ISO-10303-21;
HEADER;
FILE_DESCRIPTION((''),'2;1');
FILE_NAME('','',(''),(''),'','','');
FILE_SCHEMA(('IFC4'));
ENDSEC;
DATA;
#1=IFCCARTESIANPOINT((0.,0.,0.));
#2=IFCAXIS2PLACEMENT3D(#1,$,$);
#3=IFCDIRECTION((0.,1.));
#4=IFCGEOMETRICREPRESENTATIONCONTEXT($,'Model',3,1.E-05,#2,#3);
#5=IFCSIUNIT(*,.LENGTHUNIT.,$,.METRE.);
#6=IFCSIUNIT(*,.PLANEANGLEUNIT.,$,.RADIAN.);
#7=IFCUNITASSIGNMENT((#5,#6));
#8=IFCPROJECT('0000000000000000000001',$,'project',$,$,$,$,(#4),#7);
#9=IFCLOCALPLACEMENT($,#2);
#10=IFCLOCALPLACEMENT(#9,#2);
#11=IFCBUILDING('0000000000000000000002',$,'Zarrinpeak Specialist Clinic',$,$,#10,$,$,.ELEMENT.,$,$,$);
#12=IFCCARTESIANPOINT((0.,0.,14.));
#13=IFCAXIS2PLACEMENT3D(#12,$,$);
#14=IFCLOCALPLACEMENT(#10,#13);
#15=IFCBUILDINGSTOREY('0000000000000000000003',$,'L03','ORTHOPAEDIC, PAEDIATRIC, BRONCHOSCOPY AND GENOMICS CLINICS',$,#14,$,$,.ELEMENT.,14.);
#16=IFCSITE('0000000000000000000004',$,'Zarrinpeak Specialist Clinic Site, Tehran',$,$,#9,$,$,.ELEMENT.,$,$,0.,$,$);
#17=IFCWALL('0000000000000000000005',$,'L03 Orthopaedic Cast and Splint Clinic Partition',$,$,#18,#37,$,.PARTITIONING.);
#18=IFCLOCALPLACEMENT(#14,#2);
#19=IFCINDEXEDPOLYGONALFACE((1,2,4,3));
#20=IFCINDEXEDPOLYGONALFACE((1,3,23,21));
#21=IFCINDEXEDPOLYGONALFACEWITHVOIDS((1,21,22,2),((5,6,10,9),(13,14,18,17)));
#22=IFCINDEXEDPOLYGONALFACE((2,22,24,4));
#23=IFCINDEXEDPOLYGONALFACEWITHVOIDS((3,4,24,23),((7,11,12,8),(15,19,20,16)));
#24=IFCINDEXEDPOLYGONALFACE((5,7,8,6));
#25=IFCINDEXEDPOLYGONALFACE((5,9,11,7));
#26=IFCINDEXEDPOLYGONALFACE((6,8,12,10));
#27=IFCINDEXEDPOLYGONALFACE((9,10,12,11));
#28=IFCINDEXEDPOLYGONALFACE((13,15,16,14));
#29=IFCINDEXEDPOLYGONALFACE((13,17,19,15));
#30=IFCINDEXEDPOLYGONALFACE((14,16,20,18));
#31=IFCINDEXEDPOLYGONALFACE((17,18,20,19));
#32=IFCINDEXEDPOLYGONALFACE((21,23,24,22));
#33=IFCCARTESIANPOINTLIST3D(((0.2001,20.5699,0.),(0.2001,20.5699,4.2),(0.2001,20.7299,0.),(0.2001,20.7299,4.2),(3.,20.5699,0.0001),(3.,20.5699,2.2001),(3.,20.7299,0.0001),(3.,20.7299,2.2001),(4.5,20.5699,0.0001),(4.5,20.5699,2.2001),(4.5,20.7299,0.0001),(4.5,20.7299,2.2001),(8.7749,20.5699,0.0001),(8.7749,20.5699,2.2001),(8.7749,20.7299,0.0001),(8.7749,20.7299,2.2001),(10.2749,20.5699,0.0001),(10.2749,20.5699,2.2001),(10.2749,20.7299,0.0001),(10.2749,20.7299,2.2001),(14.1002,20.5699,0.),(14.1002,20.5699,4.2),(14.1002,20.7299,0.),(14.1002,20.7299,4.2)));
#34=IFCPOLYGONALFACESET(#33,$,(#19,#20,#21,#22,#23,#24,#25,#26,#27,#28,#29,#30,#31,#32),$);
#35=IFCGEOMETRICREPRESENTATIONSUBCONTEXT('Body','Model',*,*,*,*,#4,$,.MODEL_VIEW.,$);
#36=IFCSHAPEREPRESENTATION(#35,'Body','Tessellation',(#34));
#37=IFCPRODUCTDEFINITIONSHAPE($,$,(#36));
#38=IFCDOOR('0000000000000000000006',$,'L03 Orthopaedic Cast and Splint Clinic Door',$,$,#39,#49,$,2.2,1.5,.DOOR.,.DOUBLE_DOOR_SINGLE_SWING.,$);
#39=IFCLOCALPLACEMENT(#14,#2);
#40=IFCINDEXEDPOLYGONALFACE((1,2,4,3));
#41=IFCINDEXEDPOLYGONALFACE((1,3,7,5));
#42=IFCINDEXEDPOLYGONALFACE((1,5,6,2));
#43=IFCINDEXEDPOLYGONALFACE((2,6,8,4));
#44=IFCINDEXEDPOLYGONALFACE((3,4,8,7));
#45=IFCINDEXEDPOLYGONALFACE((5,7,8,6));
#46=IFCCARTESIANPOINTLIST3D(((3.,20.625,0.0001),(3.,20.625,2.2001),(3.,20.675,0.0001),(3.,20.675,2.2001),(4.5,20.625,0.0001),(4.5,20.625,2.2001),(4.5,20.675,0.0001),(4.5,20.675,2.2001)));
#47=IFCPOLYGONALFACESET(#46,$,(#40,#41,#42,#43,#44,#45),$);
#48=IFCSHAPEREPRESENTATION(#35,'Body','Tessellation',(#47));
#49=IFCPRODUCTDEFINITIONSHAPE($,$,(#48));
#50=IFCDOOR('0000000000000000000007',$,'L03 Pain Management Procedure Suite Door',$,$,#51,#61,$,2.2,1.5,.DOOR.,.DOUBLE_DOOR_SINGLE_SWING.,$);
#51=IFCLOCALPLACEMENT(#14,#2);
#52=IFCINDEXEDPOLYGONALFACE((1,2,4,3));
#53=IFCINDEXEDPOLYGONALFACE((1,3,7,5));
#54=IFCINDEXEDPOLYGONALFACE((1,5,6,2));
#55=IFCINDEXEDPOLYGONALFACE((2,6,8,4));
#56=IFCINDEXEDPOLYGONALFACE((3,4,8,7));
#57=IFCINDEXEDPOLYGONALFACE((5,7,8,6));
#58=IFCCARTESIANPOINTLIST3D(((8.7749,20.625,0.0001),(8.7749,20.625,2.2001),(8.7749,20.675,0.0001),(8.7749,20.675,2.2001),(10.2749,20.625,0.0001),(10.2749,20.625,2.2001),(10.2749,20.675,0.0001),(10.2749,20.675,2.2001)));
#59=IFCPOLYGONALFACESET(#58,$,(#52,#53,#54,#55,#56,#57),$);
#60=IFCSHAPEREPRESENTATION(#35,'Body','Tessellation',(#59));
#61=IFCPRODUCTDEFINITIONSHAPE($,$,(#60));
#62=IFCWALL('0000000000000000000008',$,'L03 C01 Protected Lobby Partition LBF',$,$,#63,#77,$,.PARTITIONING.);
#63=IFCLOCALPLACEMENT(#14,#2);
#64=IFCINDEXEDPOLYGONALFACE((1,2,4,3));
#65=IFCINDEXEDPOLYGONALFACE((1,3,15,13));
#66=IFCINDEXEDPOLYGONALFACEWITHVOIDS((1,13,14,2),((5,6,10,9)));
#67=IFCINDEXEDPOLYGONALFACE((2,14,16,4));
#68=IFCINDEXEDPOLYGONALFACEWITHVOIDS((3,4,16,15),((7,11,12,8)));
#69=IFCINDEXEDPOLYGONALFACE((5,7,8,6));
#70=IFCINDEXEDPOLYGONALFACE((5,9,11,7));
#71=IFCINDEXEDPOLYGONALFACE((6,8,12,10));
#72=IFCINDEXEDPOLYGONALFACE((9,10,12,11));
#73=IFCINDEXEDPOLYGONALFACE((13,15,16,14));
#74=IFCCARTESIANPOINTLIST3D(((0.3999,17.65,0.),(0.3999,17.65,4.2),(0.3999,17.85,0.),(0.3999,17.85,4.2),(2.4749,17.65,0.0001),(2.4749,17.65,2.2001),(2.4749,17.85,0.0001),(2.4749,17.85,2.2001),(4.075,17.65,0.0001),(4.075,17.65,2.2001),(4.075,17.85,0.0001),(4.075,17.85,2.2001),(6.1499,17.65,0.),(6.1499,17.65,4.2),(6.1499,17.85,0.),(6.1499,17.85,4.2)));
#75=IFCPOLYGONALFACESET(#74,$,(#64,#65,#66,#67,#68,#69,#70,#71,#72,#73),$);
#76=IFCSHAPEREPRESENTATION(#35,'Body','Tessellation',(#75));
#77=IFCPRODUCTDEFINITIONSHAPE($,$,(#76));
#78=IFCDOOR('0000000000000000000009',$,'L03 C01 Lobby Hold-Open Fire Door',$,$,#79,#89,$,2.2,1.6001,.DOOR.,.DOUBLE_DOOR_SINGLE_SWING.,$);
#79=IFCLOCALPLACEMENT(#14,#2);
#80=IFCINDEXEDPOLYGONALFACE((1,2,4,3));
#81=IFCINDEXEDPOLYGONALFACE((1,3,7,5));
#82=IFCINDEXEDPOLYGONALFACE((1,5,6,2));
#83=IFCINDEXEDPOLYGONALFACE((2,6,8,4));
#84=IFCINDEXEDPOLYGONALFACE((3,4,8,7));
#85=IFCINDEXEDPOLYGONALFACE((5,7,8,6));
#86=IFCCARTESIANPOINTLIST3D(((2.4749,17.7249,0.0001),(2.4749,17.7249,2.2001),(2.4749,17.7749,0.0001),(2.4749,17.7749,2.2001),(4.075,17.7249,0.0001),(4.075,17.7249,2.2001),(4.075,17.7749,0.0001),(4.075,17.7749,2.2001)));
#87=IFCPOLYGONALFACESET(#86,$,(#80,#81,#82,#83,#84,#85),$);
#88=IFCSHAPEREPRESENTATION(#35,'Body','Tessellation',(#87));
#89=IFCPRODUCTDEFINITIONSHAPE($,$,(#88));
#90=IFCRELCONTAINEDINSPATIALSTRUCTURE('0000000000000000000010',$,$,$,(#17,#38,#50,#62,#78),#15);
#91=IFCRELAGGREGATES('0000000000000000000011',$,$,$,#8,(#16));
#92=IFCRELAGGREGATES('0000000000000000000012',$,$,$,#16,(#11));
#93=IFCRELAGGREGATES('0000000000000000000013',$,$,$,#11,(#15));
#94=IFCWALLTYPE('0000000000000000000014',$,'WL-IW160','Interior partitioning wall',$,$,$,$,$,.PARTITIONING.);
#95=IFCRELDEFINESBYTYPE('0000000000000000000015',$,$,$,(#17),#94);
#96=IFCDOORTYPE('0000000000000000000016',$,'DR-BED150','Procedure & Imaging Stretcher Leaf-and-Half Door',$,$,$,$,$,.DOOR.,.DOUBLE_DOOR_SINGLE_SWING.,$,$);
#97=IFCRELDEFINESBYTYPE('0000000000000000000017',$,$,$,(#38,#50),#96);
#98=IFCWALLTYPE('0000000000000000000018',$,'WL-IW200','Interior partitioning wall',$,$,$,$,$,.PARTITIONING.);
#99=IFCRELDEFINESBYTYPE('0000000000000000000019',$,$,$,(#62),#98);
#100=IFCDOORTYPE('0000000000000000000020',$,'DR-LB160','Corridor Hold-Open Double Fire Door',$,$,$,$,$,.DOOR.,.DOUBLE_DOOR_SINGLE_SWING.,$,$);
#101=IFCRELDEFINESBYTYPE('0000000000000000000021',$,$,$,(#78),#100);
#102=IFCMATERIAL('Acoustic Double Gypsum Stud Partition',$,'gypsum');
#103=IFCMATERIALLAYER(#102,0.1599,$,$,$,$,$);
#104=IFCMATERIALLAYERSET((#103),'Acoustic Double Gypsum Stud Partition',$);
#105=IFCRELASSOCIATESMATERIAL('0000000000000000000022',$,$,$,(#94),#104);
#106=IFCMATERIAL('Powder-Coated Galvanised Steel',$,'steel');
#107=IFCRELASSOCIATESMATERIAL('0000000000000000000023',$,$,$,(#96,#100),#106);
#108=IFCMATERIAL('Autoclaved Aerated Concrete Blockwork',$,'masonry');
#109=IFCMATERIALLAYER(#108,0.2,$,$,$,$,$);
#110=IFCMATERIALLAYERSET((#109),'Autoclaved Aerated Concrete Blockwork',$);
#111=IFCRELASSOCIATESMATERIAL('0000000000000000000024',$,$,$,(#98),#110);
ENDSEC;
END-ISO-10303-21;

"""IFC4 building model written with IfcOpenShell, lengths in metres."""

from ifc_helpers import new_model, si_unit, direction, frame, frame_2d, origin, place, context, subcontext, project, spatial, rectangle, extrude, material, layer, layer_set, type_object, element, fill, save


model = new_model("IFC4")

# Units and contexts
model_context = context("Model", 3, precision=1e-05, world=origin(), true_north=direction((0.0, 1.0)))
body_context = subcontext(model_context, "Body", "Model", "MODEL_VIEW")
ifc_project = project(units=[si_unit("LENGTHUNIT", "METRE"), si_unit("PLANEANGLEUNIT", "RADIAN")], contexts=[model_context])

# Site, building, storey
site_placement = place(None, origin())
site = spatial("IfcSite", under=ifc_project, at=site_placement, Name="Zarrinpeak Specialist Clinic Site, Tehran", CompositionType="ELEMENT", RefElevation=0.0)
building_placement = place(site_placement, origin())
building = spatial("IfcBuilding", under=site, at=building_placement, Name="Zarrinpeak Specialist Clinic", CompositionType="ELEMENT")
storey_placement = place(building_placement, frame((0.0, 0.0, 14.0)))
storey = spatial("IfcBuildingStorey", under=building, at=storey_placement, Name="L03", Description="ORTHOPAEDIC, PAEDIATRIC, BRONCHOSCOPY AND GENOMICS CLINICS", CompositionType="ELEMENT", Elevation=14.0)

# Shared definitions
ifc_material_1 = material(Name="Powder-Coated Galvanised Steel", Category="steel")

# Wall, openings, doors
ifc_material_2 = material(Name="Acoustic Double Gypsum Stud Partition", Category="gypsum")
ifc_layer_1 = layer(ifc_material_2, 0.1599)
ifc_layer_set_1 = layer_set([ifc_layer_1], Name="Acoustic Double Gypsum Stud Partition")
wall_type_1 = type_object("IfcWallType", Name="WL-IW160", Description="Interior partitioning wall", PredefinedType="PARTITIONING", material=ifc_layer_set_1)
wall_1_placement = place(storey_placement, frame((0.2, 20.6499, 0.0), z_axis=(0.0, 0.0, 1.0), x_axis=(1.0, 0.0, 0.0)))
wall_1 = element("IfcWall", 1, at=wall_1_placement, inside=storey, type_object=wall_type_1, Name="L03 Orthopaedic Cast and Splint Clinic Partition", PredefinedType="PARTITIONING", context=body_context, shape_type="SweptSolid", body=[
    extrude(rectangle(XDim=13.9001, YDim=0.1599, at=frame_2d((6.9502, 0.0))), origin(), (0.0, 0.0, 1.0), 4.2),
])
opening_1_placement = place(wall_1_placement, frame((2.8, 0.0, 0.0)))
opening_1 = element("IfcOpeningElement", 2, at=opening_1_placement, cuts=wall_1, PredefinedType="OPENING", context=body_context, shape_type="SweptSolid", body=[
    extrude(rectangle(XDim=1.5, YDim=2.2, at=frame_2d((0.75, 1.1001))), frame((0.0, 0.0898, 0.0), z_axis=(0.0, -1.0, 0.0), x_axis=(1.0, 0.0, 0.0)), (0.0, 0.0, 1.0), 0.1799),
])
opening_2_placement = place(wall_1_placement, frame((8.575, 0.0, 0.0)))
opening_2 = element("IfcOpeningElement", 3, at=opening_2_placement, cuts=wall_1, PredefinedType="OPENING", context=body_context, shape_type="SweptSolid", body=[
    extrude(rectangle(XDim=1.5, YDim=2.2, at=frame_2d((0.75, 1.1001))), frame((0.0, 0.0898, 0.0), z_axis=(0.0, -1.0, 0.0), x_axis=(1.0, 0.0, 0.0)), (0.0, 0.0, 1.0), 0.1799),
])
door_type_1 = type_object("IfcDoorType", Name="DR-BED150", Description="Procedure & Imaging Stretcher Leaf-and-Half Door", OperationType="DOUBLE_DOOR_SINGLE_SWING", PredefinedType="DOOR", material=ifc_material_1)
door_1_placement = place(opening_1_placement, frame((1.5, 0.0, 0.0), z_axis=(0.0, 0.0, 1.0), x_axis=(-1.0, 0.0, 0.0)))
door_1 = element("IfcDoor", 4, at=door_1_placement, inside=storey, type_object=door_type_1, Name="L03 Orthopaedic Cast and Splint Clinic Door", OperationType="DOUBLE_DOOR_SINGLE_SWING", OverallHeight=2.2, OverallWidth=1.5, PredefinedType="DOOR", context=body_context, shape_type="SweptSolid", body=[
    extrude(rectangle(XDim=1.5, YDim=2.2, at=frame_2d((0.75, 1.1001))), frame((0.0, 0.0249, 0.0), z_axis=(0.0, -1.0, 0.0), x_axis=(1.0, 0.0, 0.0)), (0.0, 0.0, 1.0), 0.05),
])
fill(opening_1, door_1)
door_2_placement = place(opening_2_placement, frame((1.5, 0.0, 0.0), z_axis=(0.0, 0.0, 1.0), x_axis=(-1.0, 0.0, 0.0)))
door_2 = element("IfcDoor", 5, at=door_2_placement, inside=storey, type_object=door_type_1, Name="L03 Pain Management Procedure Suite Door", OperationType="DOUBLE_DOOR_SINGLE_SWING", OverallHeight=2.2, OverallWidth=1.5, PredefinedType="DOOR", context=body_context, shape_type="SweptSolid", body=[
    extrude(rectangle(XDim=1.5, YDim=2.2, at=frame_2d((0.75, 1.1001))), frame((0.0, 0.0249, 0.0), z_axis=(0.0, -1.0, 0.0), x_axis=(1.0, 0.0, 0.0)), (0.0, 0.0, 1.0), 0.05),
])
fill(opening_2, door_2)

# Wall, opening, door
ifc_material_3 = material(Name="Autoclaved Aerated Concrete Blockwork", Category="masonry")
ifc_layer_2 = layer(ifc_material_3, 0.2)
ifc_layer_set_2 = layer_set([ifc_layer_2], Name="Autoclaved Aerated Concrete Blockwork")
wall_type_2 = type_object("IfcWallType", Name="WL-IW200", Description="Interior partitioning wall", PredefinedType="PARTITIONING", material=ifc_layer_set_2)
wall_2_placement = place(storey_placement, frame((0.3999, 17.75, 0.0), z_axis=(0.0, 0.0, 1.0), x_axis=(1.0, 0.0, 0.0)))
wall_2 = element("IfcWall", 6, at=wall_2_placement, inside=storey, type_object=wall_type_2, Name="L03 C01 Protected Lobby Partition LBF", PredefinedType="PARTITIONING", context=body_context, shape_type="SweptSolid", body=[
    extrude(rectangle(XDim=5.75, YDim=0.2, at=frame_2d((2.875, 0.0))), origin(), (0.0, 0.0, 1.0), 4.2),
])
opening_3_placement = place(wall_2_placement, frame((2.075, 0.0, 0.0)))
opening_3 = element("IfcOpeningElement", 7, at=opening_3_placement, cuts=wall_2, PredefinedType="OPENING", context=body_context, shape_type="SweptSolid", body=[
    extrude(rectangle(XDim=1.6001, YDim=2.2, at=frame_2d((0.8, 1.1001))), frame((0.0, 0.1099, 0.0), z_axis=(0.0, -1.0, 0.0), x_axis=(1.0, 0.0, 0.0)), (0.0, 0.0, 1.0), 0.22),
])
door_type_2 = type_object("IfcDoorType", Name="DR-LB160", Description="Corridor Hold-Open Double Fire Door", OperationType="DOUBLE_DOOR_SINGLE_SWING", PredefinedType="DOOR", material=ifc_material_1)
door_3_placement = place(opening_3_placement, origin())
door_3 = element("IfcDoor", 8, at=door_3_placement, inside=storey, type_object=door_type_2, Name="L03 C01 Lobby Hold-Open Fire Door", OperationType="DOUBLE_DOOR_SINGLE_SWING", OverallHeight=2.2, OverallWidth=1.6001, PredefinedType="DOOR", context=body_context, shape_type="SweptSolid", body=[
    extrude(rectangle(XDim=1.6001, YDim=2.2, at=frame_2d((0.8, 1.1001))), frame((0.0, 0.0249, 0.0), z_axis=(0.0, -1.0, 0.0), x_axis=(1.0, 0.0, 0.0)), (0.0, 0.0, 1.0), 0.05),
])
fill(opening_3, door_3)

save(model, "model.ifc")
